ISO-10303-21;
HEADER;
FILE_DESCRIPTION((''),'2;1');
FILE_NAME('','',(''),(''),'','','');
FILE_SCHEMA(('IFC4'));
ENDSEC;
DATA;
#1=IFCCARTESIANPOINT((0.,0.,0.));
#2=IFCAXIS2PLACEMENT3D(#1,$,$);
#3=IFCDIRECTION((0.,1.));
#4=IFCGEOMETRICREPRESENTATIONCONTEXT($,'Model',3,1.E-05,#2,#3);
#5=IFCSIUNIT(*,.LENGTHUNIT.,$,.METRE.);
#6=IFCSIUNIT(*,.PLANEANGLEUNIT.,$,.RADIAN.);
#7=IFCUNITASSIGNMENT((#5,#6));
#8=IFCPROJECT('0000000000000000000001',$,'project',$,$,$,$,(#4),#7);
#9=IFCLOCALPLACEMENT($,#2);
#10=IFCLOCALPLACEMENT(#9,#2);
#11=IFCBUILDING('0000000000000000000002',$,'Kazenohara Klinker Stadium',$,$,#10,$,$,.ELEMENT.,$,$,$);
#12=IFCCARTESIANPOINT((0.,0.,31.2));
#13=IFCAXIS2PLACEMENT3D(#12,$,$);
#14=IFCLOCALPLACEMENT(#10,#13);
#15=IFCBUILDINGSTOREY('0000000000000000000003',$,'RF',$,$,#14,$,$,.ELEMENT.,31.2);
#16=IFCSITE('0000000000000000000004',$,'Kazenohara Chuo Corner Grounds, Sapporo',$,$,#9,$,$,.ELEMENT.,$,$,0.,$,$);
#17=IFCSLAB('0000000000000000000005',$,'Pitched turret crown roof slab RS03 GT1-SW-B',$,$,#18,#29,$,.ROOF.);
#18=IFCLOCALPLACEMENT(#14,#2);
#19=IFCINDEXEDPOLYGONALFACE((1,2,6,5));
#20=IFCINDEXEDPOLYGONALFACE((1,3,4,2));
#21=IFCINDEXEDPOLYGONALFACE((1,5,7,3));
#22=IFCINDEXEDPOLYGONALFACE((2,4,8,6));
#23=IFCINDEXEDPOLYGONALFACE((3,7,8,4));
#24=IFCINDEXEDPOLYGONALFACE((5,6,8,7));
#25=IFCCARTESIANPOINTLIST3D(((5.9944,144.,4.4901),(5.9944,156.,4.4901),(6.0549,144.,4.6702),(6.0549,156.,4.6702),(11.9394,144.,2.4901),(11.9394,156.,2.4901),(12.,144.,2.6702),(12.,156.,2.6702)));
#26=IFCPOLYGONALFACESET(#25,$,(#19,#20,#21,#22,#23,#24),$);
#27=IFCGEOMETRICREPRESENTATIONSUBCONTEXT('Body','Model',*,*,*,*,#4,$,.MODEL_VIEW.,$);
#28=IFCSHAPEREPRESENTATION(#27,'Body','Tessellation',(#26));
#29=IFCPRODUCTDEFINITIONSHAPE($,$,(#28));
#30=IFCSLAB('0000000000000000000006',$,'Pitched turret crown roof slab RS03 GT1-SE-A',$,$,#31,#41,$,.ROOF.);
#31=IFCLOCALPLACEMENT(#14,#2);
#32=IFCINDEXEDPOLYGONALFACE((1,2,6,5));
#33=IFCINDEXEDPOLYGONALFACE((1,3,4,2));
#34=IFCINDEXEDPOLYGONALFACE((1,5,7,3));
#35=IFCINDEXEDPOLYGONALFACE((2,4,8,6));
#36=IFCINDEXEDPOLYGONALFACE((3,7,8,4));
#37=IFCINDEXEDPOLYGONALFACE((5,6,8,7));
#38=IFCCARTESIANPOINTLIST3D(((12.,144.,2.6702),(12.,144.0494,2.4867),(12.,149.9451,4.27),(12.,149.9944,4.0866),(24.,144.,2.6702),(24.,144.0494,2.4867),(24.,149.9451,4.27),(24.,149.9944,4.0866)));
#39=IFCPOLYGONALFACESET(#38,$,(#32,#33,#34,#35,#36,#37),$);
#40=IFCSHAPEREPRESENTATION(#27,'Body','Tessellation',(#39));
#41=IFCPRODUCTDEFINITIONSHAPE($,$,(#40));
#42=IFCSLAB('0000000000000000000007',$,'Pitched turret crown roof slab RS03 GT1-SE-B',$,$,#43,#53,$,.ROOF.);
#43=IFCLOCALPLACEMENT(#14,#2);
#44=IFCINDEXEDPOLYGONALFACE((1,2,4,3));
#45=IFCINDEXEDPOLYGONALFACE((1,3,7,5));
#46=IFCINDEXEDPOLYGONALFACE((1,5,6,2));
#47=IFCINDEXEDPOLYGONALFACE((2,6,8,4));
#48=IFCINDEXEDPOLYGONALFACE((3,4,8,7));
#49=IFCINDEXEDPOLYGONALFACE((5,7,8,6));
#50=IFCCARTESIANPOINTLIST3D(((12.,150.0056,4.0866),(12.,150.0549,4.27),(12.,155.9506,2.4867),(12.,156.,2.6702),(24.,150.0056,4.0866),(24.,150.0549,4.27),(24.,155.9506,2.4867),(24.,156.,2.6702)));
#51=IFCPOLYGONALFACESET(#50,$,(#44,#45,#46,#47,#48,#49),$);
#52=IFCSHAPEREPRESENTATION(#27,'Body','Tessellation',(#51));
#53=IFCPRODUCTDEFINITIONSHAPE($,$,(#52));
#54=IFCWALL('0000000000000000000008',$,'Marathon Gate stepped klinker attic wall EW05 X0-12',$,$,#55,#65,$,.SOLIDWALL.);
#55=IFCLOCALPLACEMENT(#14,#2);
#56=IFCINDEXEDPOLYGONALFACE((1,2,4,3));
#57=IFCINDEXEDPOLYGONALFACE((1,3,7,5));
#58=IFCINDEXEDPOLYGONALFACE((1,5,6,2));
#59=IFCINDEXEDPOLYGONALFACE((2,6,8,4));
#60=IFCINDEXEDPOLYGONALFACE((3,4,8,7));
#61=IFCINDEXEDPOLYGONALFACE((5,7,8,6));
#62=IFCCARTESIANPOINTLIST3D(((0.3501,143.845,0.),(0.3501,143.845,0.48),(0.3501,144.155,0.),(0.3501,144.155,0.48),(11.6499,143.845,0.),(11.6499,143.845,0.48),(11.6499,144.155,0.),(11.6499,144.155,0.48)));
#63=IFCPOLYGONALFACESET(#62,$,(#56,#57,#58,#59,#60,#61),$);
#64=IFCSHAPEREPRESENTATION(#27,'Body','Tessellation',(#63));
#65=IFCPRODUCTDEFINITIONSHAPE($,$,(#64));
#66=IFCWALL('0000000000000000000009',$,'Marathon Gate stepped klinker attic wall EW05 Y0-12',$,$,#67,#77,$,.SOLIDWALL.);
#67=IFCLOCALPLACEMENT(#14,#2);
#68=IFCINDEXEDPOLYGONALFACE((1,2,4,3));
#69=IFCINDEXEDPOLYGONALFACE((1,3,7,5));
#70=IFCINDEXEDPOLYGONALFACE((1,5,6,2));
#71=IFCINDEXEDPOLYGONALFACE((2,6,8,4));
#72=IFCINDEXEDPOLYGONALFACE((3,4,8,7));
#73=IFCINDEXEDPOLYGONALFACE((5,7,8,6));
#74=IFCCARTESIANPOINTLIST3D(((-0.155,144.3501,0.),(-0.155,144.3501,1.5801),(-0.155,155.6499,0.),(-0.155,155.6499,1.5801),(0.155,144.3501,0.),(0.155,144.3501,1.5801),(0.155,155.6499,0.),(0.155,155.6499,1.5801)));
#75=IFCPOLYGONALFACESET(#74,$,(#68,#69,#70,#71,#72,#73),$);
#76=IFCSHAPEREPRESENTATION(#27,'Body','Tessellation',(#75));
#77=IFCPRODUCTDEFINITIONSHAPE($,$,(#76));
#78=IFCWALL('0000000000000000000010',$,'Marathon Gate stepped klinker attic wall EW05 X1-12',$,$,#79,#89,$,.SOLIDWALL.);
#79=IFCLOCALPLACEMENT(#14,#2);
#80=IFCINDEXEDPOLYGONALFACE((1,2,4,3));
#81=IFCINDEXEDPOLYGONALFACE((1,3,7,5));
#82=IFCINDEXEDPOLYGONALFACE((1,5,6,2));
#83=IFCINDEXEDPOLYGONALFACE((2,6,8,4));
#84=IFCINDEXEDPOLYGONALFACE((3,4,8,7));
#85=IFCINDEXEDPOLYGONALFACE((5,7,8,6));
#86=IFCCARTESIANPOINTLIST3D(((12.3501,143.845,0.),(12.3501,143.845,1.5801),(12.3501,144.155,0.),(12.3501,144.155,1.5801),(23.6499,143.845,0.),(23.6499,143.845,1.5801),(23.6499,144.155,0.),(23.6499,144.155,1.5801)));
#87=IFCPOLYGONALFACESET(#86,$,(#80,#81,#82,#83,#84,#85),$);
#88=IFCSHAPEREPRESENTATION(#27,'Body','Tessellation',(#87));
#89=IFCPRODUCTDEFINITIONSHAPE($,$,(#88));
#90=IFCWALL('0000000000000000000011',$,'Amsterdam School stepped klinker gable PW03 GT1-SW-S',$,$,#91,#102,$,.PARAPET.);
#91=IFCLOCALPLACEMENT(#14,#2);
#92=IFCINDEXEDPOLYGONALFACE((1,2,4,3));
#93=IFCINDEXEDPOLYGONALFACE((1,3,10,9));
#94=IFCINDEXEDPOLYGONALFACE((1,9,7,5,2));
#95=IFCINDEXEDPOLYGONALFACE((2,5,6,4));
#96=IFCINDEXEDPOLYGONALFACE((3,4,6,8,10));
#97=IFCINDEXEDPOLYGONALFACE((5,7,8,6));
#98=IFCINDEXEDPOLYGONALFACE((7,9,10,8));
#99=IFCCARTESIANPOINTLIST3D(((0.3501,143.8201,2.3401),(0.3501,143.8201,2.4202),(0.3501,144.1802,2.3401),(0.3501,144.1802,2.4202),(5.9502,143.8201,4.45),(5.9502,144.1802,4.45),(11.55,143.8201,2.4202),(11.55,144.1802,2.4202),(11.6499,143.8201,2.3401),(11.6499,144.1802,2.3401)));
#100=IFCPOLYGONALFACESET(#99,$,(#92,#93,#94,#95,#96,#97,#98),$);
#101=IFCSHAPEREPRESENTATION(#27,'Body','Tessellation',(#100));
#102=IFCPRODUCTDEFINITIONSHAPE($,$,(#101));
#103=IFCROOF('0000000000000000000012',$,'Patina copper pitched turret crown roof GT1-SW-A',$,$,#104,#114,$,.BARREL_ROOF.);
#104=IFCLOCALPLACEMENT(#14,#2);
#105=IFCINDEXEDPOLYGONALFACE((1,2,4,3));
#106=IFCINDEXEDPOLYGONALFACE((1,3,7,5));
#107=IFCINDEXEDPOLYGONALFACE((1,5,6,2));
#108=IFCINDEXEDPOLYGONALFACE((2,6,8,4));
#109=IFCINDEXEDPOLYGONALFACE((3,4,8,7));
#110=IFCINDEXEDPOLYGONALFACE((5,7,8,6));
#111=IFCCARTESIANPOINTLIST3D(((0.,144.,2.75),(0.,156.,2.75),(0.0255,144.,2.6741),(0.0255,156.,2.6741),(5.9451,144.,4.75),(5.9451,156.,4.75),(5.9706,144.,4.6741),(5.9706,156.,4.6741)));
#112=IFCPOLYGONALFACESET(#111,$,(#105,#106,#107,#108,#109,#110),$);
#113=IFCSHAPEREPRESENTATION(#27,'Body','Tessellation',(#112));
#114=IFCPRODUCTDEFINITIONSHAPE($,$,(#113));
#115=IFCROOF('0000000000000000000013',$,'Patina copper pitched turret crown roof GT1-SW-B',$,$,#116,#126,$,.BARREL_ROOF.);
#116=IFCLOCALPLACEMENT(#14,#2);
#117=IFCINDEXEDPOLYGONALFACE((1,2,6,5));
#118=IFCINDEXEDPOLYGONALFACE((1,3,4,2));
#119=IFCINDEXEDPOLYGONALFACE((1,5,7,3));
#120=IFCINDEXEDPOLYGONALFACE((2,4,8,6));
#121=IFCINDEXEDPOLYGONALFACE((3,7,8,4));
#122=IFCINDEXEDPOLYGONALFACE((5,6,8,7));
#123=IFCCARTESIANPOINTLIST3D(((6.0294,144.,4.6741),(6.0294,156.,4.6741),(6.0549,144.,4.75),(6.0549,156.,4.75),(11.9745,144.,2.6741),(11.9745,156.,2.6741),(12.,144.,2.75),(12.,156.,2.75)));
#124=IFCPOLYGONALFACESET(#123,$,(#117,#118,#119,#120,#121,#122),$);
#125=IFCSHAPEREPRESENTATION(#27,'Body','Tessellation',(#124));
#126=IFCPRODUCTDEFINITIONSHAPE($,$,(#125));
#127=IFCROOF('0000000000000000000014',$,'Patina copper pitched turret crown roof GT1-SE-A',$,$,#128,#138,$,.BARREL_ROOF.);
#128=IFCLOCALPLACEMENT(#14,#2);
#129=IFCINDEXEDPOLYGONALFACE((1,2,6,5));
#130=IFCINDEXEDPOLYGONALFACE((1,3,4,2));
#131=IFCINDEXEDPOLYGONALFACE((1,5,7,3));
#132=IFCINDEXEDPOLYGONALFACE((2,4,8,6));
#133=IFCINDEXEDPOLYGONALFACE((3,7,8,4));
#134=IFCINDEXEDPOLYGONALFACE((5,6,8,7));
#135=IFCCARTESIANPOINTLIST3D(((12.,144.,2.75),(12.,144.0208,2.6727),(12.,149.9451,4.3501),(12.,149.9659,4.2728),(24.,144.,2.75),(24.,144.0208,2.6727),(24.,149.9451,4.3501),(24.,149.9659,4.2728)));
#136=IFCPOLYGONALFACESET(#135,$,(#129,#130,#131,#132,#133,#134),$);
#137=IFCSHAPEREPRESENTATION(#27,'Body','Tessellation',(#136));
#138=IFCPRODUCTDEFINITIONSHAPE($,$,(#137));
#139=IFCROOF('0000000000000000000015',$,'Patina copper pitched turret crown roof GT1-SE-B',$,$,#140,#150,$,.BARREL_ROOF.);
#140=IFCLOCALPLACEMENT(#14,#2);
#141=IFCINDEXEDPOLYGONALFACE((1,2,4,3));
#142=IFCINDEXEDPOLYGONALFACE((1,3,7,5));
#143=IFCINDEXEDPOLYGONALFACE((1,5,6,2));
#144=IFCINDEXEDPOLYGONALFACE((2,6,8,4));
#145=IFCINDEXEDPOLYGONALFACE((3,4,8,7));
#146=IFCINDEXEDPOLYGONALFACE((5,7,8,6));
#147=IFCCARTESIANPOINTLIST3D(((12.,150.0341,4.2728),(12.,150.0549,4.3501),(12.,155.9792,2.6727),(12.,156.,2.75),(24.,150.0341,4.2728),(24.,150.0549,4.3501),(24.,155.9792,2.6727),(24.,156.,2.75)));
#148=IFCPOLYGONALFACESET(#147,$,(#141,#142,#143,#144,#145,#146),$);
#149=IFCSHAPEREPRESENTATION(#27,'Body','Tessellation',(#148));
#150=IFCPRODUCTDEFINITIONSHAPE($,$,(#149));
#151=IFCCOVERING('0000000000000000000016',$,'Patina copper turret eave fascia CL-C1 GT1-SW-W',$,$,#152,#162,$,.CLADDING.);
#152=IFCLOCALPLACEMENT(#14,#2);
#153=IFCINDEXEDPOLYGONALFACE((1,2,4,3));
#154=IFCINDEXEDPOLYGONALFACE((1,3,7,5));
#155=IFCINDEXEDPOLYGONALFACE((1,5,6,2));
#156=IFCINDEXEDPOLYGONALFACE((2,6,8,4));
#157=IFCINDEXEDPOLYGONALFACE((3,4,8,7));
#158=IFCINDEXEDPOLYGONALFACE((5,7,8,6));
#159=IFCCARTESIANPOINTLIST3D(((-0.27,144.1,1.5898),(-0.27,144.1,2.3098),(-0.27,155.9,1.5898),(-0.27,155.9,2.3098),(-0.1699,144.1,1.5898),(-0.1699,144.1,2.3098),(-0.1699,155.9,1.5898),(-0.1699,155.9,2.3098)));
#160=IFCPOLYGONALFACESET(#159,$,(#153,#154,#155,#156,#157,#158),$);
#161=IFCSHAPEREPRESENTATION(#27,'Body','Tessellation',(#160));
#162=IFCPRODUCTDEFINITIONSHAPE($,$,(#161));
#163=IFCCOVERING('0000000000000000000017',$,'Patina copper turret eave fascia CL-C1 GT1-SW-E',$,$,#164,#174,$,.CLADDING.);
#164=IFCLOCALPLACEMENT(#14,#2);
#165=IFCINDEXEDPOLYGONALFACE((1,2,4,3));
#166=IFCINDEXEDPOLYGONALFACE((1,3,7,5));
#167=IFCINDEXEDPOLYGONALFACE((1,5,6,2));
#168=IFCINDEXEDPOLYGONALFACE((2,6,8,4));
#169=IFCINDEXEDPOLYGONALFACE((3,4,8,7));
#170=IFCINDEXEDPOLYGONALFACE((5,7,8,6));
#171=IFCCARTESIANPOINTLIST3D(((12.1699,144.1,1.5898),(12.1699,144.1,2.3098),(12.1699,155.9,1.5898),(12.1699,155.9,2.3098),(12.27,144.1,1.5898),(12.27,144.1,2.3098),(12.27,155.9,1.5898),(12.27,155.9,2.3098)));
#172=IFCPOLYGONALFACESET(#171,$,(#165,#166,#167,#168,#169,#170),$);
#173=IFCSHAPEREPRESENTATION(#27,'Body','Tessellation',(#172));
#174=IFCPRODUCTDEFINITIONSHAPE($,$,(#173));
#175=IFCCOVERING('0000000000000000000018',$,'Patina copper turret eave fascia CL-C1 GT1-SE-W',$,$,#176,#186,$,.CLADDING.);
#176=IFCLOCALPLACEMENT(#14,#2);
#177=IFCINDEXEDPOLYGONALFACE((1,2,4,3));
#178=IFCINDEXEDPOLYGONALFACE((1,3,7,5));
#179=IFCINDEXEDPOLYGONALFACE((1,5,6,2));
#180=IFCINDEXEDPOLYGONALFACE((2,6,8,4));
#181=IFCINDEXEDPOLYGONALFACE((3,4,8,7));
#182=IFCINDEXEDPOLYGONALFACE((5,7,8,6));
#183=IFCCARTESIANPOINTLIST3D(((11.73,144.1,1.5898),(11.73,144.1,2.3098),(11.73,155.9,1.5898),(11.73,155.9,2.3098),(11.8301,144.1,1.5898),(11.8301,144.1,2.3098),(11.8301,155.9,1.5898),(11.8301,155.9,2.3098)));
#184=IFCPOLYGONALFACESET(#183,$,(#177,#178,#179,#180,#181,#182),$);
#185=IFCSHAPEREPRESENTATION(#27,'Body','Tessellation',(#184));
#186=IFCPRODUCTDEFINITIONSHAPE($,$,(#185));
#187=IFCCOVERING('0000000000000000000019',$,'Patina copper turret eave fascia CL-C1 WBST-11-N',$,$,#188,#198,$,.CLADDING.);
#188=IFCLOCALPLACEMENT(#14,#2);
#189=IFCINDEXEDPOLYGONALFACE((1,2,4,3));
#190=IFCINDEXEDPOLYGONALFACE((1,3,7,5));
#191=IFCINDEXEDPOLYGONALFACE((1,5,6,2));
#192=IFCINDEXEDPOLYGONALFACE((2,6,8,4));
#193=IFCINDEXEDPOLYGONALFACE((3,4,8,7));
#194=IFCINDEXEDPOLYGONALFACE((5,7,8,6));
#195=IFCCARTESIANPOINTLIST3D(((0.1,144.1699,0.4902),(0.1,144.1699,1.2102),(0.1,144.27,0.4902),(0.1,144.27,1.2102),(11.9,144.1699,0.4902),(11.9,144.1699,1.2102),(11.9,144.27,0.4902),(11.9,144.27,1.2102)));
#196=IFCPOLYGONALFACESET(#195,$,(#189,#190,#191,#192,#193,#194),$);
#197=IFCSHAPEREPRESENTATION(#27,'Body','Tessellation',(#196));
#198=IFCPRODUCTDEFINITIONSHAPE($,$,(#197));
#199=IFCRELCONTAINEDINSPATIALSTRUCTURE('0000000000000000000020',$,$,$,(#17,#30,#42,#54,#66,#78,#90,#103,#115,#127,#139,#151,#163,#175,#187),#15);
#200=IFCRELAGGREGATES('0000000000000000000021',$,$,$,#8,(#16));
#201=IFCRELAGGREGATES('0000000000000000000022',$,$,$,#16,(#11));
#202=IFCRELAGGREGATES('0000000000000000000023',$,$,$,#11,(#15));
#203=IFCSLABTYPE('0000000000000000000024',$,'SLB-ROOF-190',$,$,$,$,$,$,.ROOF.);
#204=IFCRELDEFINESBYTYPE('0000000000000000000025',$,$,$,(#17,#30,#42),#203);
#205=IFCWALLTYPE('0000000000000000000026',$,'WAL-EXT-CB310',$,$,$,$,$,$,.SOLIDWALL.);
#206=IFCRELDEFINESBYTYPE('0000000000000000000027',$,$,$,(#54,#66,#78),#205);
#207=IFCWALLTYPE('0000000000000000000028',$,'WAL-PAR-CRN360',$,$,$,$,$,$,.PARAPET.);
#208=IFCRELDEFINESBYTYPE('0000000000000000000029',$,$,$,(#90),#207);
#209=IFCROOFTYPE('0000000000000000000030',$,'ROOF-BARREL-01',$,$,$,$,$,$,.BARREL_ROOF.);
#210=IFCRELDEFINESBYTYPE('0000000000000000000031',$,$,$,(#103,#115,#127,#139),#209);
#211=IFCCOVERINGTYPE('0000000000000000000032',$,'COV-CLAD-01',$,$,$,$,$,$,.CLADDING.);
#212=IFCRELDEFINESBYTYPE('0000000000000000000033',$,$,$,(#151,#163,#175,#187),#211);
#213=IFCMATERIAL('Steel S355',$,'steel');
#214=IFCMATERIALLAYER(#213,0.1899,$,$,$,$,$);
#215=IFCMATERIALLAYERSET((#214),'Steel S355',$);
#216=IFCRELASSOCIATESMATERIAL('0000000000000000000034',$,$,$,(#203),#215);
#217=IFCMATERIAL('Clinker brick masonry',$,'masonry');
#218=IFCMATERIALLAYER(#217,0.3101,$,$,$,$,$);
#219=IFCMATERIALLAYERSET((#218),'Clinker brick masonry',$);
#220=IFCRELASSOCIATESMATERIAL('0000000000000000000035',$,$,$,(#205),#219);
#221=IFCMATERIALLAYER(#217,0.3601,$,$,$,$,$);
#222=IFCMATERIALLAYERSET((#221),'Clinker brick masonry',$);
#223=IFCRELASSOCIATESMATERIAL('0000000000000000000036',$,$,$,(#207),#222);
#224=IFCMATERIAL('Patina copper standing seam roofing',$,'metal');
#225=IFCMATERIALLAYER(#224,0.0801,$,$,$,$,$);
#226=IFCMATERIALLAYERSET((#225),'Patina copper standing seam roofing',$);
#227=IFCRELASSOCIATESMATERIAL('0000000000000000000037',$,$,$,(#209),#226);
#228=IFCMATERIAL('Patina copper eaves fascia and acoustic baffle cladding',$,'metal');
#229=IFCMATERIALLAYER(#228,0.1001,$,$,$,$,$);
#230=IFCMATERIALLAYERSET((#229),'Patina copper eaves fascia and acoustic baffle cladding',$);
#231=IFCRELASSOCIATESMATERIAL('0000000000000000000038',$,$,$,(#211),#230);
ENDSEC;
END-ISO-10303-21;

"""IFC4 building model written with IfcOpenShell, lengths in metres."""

from ifc_helpers import new_model, si_unit, direction, frame, frame_2d, origin, origin_2d, place, context, subcontext, project, spatial, polyline, rectangle, outline, extrude, material, layer, layer_set, type_object, element, save


model = new_model("IFC4")

# Units and contexts
model_context = context("Model", 3, precision=1e-05, world=origin(), true_north=direction((0.0, 1.0)))
body_context = subcontext(model_context, "Body", "Model", "MODEL_VIEW")
ifc_project = project(units=[si_unit("LENGTHUNIT", "METRE"), si_unit("PLANEANGLEUNIT", "RADIAN")], contexts=[model_context])

# Site, building, storey
site_placement = place(None, origin())
site = spatial("IfcSite", under=ifc_project, at=site_placement, Name="Kazenohara Chuo Corner Grounds, Sapporo", CompositionType="ELEMENT", RefElevation=0.0)
building_placement = place(site_placement, origin())
building = spatial("IfcBuilding", under=site, at=building_placement, Name="Kazenohara Klinker Stadium", CompositionType="ELEMENT")
storey_placement = place(building_placement, frame((0.0, 0.0, 31.2)))
storey = spatial("IfcBuildingStorey", under=building, at=storey_placement, Name="RF", CompositionType="ELEMENT", Elevation=31.2)

# Shared definitions
ifc_material_1 = material(Name="Steel S355", Category="steel")

# Slabs
ifc_layer_1 = layer(ifc_material_1, 0.1899)
ifc_layer_set_1 = layer_set([ifc_layer_1], Name="Steel S355")
slab_type = type_object("IfcSlabType", Name="SLB-ROOF-190", PredefinedType="ROOF", material=ifc_layer_set_1)
slab_placement = place(storey_placement, frame((6.0549, 144.0, 4.6702), z_axis=(0.318854, 0.0, 0.947804), x_axis=(0.947804, 0.0, -0.318854)))
element("IfcSlab", 1, at=slab_placement, inside=storey, type_object=slab_type, Name="Pitched turret crown roof slab RS03 GT1-SW-B", PredefinedType="ROOF", context=body_context, shape_type="SweptSolid", body=[
    extrude(outline(polyline([(0.0, 0.0), (6.2725, 0.0), (6.2725, 12.0), (0.0, 12.0), (0.0, 0.0)])), origin(), (0.0, 0.0, -1.0), 0.1899),
])
for number, where, z_axis, x_axis, name in (
    (2, (12.0, 144.0, 2.6702), (0.0, -0.259861, 0.965646), (1.0, 0.0, 0.0), "Pitched turret crown roof slab RS03 GT1-SE-A"),
    (3, (12.0, 150.0549, 4.27), (0.0, 0.259861, 0.965646), (1.0, 0.0, 0.0), "Pitched turret crown roof slab RS03 GT1-SE-B"),
):
    element("IfcSlab", number, at=place(storey_placement, frame(where, z_axis=z_axis, x_axis=x_axis)), inside=storey, type_object=slab_type, Name=name, PredefinedType="ROOF", context=body_context, shape_type="SweptSolid", body=[
        extrude(outline(polyline([(0.0, 0.0), (12.0, 0.0), (12.0, 6.1566), (0.0, 6.1566), (0.0, 0.0)])), origin(), (0.0, 0.0, -1.0), 0.1899),
    ])

# Walls
ifc_material_2 = material(Name="Clinker brick masonry", Category="masonry")
ifc_layer_2 = layer(ifc_material_2, 0.3101)
ifc_layer_set_2 = layer_set([ifc_layer_2], Name="Clinker brick masonry")
wall_type_1 = type_object("IfcWallType", Name="WAL-EXT-CB310", PredefinedType="SOLIDWALL", material=ifc_layer_set_2)
wall_1_placement = place(storey_placement, frame((0.3501, 144.0, 0.0), z_axis=(0.0, 0.0, 1.0), x_axis=(1.0, 0.0, 0.0)))
element("IfcWall", 4, at=wall_1_placement, inside=storey, type_object=wall_type_1, Name="Marathon Gate stepped klinker attic wall EW05 X0-12", PredefinedType="SOLIDWALL", context=body_context, shape_type="SweptSolid", body=[
    extrude(rectangle(XDim=11.2998, YDim=0.3101, at=frame_2d((5.6499, 0.0))), origin(), (0.0, 0.0, 1.0), 0.48),
])
for number, where, z_axis, x_axis, name in (
    (5, (0.0, 144.3501, 0.0), (0.0, 0.0, 1.0), (0.0, 1.0, 0.0), "Marathon Gate stepped klinker attic wall EW05 Y0-12"),
    (6, (12.3501, 144.0, 0.0), (0.0, 0.0, 1.0), (1.0, 0.0, 0.0), "Marathon Gate stepped klinker attic wall EW05 X1-12"),
):
    element("IfcWall", number, at=place(storey_placement, frame(where, z_axis=z_axis, x_axis=x_axis)), inside=storey, type_object=wall_type_1, Name=name, PredefinedType="SOLIDWALL", context=body_context, shape_type="SweptSolid", body=[
        extrude(rectangle(XDim=11.2998, YDim=0.3101, at=frame_2d((5.6499, 0.0))), origin(), (0.0, 0.0, 1.0), 1.5801),
    ])
ifc_layer_3 = layer(ifc_material_2, 0.3601)
ifc_layer_set_3 = layer_set([ifc_layer_3], Name="Clinker brick masonry")
wall_type_2 = type_object("IfcWallType", Name="WAL-PAR-CRN360", PredefinedType="PARAPET", material=ifc_layer_set_3)
wall_2_placement = place(storey_placement, frame((0.3501, 144.0, 2.3401), z_axis=(0.0, 0.0, 1.0), x_axis=(1.0, 0.0, 0.0)))
element("IfcWall", 7, at=wall_2_placement, inside=storey, type_object=wall_type_2, Name="Amsterdam School stepped klinker gable PW03 GT1-SW-S", PredefinedType="PARAPET", context=body_context, shape_type="SweptSolid", body=[
    extrude(outline(polyline([(0.0, 0.0), (11.2998, 0.0), (11.2, 0.0801), (5.6001, 2.1099), (0.0, 0.0801), (0.0, 0.0)])), frame((0.0, 0.1802, 0.0), z_axis=(0.0, -1.0, 0.0), x_axis=(1.0, 0.0, 0.0)), (0.0, 0.0, 1.0), 0.3601),
])

# Roofs
ifc_material_3 = material(Name="Patina copper standing seam roofing", Category="metal")
ifc_layer_4 = layer(ifc_material_3, 0.0801)
ifc_layer_set_4 = layer_set([ifc_layer_4], Name="Patina copper standing seam roofing")
roof_type = type_object("IfcRoofType", Name="ROOF-BARREL-01", PredefinedType="BARREL_ROOF", material=ifc_layer_set_4)
for number, where, z_axis, x_axis, name in (
    (8, (0.0, 144.0, 2.75), (-0.318854, 0.0, 0.947804), (0.947804, 0.0, 0.318854), "Patina copper pitched turret crown roof GT1-SW-A"),
    (9, (6.0549, 144.0, 4.75), (0.318854, 0.0, 0.947804), (0.947804, 0.0, -0.318854), "Patina copper pitched turret crown roof GT1-SW-B"),
):
    element("IfcRoof", number, at=place(storey_placement, frame(where, z_axis=z_axis, x_axis=x_axis)), inside=storey, type_object=roof_type, Name=name, PredefinedType="BARREL_ROOF", context=body_context, shape_type="SweptSolid", body=[
        extrude(outline(polyline([(0.0, 0.0), (6.2725, 0.0), (6.2725, 12.0), (0.0, 12.0), (0.0, 0.0)])), origin(), (0.0, 0.0, -1.0), 0.0801),
    ])
for number, where, z_axis, x_axis, name in (
    (10, (12.0, 144.0, 2.75), (0.0, -0.259898, 0.965636), (1.0, 0.0, 0.0), "Patina copper pitched turret crown roof GT1-SE-A"),
    (11, (12.0, 150.0549, 4.3501), (0.0, 0.259898, 0.965636), (1.0, 0.0, 0.0), "Patina copper pitched turret crown roof GT1-SE-B"),
):
    element("IfcRoof", number, at=place(storey_placement, frame(where, z_axis=z_axis, x_axis=x_axis)), inside=storey, type_object=roof_type, Name=name, PredefinedType="BARREL_ROOF", context=body_context, shape_type="SweptSolid", body=[
        extrude(outline(polyline([(0.0, 0.0), (12.0, 0.0), (12.0, 6.1566), (0.0, 6.1566), (0.0, 0.0)])), origin(), (0.0, 0.0, -1.0), 0.0801),
    ])

# Coverings
ifc_material_4 = material(Name="Patina copper eaves fascia and acoustic baffle cladding", Category="metal")
ifc_layer_5 = layer(ifc_material_4, 0.1001)
ifc_layer_set_5 = layer_set([ifc_layer_5], Name="Patina copper eaves fascia and acoustic baffle cladding")
covering_type = type_object("IfcCoveringType", Name="COV-CLAD-01", PredefinedType="CLADDING", material=ifc_layer_set_5)
for number, where, z_axis, x_axis, name in (
    (12, (-0.22, 150.0, 1.5898), (0.0, 0.0, 1.0), (1.0, 0.0, 0.0), "Patina copper turret eave fascia CL-C1 GT1-SW-W"),
    (13, (12.22, 150.0, 1.5898), (0.0, 0.0, 1.0), (1.0, 0.0, 0.0), "Patina copper turret eave fascia CL-C1 GT1-SW-E"),
    (14, (11.78, 150.0, 1.5898), (0.0, 0.0, 1.0), (1.0, 0.0, 0.0), "Patina copper turret eave fascia CL-C1 GT1-SE-W"),
):
    element("IfcCovering", number, at=place(storey_placement, frame(where, z_axis=z_axis, x_axis=x_axis)), inside=storey, type_object=covering_type, Name=name, PredefinedType="CLADDING", context=body_context, shape_type="SweptSolid", body=[
        extrude(rectangle(XDim=0.1001, YDim=11.8, at=origin_2d()), origin(), (0.0, 0.0, 1.0), 0.72),
    ])
covering_placement = place(storey_placement, frame((6.0, 144.22, 0.4902), z_axis=(0.0, 0.0, 1.0), x_axis=(1.0, 0.0, 0.0)))
element("IfcCovering", 15, at=covering_placement, inside=storey, type_object=covering_type, Name="Patina copper turret eave fascia CL-C1 WBST-11-N", PredefinedType="CLADDING", context=body_context, shape_type="SweptSolid", body=[
    extrude(rectangle(XDim=11.8, YDim=0.1001, at=origin_2d()), origin(), (0.0, 0.0, 1.0), 0.72),
])

save(model, "model.ifc")
